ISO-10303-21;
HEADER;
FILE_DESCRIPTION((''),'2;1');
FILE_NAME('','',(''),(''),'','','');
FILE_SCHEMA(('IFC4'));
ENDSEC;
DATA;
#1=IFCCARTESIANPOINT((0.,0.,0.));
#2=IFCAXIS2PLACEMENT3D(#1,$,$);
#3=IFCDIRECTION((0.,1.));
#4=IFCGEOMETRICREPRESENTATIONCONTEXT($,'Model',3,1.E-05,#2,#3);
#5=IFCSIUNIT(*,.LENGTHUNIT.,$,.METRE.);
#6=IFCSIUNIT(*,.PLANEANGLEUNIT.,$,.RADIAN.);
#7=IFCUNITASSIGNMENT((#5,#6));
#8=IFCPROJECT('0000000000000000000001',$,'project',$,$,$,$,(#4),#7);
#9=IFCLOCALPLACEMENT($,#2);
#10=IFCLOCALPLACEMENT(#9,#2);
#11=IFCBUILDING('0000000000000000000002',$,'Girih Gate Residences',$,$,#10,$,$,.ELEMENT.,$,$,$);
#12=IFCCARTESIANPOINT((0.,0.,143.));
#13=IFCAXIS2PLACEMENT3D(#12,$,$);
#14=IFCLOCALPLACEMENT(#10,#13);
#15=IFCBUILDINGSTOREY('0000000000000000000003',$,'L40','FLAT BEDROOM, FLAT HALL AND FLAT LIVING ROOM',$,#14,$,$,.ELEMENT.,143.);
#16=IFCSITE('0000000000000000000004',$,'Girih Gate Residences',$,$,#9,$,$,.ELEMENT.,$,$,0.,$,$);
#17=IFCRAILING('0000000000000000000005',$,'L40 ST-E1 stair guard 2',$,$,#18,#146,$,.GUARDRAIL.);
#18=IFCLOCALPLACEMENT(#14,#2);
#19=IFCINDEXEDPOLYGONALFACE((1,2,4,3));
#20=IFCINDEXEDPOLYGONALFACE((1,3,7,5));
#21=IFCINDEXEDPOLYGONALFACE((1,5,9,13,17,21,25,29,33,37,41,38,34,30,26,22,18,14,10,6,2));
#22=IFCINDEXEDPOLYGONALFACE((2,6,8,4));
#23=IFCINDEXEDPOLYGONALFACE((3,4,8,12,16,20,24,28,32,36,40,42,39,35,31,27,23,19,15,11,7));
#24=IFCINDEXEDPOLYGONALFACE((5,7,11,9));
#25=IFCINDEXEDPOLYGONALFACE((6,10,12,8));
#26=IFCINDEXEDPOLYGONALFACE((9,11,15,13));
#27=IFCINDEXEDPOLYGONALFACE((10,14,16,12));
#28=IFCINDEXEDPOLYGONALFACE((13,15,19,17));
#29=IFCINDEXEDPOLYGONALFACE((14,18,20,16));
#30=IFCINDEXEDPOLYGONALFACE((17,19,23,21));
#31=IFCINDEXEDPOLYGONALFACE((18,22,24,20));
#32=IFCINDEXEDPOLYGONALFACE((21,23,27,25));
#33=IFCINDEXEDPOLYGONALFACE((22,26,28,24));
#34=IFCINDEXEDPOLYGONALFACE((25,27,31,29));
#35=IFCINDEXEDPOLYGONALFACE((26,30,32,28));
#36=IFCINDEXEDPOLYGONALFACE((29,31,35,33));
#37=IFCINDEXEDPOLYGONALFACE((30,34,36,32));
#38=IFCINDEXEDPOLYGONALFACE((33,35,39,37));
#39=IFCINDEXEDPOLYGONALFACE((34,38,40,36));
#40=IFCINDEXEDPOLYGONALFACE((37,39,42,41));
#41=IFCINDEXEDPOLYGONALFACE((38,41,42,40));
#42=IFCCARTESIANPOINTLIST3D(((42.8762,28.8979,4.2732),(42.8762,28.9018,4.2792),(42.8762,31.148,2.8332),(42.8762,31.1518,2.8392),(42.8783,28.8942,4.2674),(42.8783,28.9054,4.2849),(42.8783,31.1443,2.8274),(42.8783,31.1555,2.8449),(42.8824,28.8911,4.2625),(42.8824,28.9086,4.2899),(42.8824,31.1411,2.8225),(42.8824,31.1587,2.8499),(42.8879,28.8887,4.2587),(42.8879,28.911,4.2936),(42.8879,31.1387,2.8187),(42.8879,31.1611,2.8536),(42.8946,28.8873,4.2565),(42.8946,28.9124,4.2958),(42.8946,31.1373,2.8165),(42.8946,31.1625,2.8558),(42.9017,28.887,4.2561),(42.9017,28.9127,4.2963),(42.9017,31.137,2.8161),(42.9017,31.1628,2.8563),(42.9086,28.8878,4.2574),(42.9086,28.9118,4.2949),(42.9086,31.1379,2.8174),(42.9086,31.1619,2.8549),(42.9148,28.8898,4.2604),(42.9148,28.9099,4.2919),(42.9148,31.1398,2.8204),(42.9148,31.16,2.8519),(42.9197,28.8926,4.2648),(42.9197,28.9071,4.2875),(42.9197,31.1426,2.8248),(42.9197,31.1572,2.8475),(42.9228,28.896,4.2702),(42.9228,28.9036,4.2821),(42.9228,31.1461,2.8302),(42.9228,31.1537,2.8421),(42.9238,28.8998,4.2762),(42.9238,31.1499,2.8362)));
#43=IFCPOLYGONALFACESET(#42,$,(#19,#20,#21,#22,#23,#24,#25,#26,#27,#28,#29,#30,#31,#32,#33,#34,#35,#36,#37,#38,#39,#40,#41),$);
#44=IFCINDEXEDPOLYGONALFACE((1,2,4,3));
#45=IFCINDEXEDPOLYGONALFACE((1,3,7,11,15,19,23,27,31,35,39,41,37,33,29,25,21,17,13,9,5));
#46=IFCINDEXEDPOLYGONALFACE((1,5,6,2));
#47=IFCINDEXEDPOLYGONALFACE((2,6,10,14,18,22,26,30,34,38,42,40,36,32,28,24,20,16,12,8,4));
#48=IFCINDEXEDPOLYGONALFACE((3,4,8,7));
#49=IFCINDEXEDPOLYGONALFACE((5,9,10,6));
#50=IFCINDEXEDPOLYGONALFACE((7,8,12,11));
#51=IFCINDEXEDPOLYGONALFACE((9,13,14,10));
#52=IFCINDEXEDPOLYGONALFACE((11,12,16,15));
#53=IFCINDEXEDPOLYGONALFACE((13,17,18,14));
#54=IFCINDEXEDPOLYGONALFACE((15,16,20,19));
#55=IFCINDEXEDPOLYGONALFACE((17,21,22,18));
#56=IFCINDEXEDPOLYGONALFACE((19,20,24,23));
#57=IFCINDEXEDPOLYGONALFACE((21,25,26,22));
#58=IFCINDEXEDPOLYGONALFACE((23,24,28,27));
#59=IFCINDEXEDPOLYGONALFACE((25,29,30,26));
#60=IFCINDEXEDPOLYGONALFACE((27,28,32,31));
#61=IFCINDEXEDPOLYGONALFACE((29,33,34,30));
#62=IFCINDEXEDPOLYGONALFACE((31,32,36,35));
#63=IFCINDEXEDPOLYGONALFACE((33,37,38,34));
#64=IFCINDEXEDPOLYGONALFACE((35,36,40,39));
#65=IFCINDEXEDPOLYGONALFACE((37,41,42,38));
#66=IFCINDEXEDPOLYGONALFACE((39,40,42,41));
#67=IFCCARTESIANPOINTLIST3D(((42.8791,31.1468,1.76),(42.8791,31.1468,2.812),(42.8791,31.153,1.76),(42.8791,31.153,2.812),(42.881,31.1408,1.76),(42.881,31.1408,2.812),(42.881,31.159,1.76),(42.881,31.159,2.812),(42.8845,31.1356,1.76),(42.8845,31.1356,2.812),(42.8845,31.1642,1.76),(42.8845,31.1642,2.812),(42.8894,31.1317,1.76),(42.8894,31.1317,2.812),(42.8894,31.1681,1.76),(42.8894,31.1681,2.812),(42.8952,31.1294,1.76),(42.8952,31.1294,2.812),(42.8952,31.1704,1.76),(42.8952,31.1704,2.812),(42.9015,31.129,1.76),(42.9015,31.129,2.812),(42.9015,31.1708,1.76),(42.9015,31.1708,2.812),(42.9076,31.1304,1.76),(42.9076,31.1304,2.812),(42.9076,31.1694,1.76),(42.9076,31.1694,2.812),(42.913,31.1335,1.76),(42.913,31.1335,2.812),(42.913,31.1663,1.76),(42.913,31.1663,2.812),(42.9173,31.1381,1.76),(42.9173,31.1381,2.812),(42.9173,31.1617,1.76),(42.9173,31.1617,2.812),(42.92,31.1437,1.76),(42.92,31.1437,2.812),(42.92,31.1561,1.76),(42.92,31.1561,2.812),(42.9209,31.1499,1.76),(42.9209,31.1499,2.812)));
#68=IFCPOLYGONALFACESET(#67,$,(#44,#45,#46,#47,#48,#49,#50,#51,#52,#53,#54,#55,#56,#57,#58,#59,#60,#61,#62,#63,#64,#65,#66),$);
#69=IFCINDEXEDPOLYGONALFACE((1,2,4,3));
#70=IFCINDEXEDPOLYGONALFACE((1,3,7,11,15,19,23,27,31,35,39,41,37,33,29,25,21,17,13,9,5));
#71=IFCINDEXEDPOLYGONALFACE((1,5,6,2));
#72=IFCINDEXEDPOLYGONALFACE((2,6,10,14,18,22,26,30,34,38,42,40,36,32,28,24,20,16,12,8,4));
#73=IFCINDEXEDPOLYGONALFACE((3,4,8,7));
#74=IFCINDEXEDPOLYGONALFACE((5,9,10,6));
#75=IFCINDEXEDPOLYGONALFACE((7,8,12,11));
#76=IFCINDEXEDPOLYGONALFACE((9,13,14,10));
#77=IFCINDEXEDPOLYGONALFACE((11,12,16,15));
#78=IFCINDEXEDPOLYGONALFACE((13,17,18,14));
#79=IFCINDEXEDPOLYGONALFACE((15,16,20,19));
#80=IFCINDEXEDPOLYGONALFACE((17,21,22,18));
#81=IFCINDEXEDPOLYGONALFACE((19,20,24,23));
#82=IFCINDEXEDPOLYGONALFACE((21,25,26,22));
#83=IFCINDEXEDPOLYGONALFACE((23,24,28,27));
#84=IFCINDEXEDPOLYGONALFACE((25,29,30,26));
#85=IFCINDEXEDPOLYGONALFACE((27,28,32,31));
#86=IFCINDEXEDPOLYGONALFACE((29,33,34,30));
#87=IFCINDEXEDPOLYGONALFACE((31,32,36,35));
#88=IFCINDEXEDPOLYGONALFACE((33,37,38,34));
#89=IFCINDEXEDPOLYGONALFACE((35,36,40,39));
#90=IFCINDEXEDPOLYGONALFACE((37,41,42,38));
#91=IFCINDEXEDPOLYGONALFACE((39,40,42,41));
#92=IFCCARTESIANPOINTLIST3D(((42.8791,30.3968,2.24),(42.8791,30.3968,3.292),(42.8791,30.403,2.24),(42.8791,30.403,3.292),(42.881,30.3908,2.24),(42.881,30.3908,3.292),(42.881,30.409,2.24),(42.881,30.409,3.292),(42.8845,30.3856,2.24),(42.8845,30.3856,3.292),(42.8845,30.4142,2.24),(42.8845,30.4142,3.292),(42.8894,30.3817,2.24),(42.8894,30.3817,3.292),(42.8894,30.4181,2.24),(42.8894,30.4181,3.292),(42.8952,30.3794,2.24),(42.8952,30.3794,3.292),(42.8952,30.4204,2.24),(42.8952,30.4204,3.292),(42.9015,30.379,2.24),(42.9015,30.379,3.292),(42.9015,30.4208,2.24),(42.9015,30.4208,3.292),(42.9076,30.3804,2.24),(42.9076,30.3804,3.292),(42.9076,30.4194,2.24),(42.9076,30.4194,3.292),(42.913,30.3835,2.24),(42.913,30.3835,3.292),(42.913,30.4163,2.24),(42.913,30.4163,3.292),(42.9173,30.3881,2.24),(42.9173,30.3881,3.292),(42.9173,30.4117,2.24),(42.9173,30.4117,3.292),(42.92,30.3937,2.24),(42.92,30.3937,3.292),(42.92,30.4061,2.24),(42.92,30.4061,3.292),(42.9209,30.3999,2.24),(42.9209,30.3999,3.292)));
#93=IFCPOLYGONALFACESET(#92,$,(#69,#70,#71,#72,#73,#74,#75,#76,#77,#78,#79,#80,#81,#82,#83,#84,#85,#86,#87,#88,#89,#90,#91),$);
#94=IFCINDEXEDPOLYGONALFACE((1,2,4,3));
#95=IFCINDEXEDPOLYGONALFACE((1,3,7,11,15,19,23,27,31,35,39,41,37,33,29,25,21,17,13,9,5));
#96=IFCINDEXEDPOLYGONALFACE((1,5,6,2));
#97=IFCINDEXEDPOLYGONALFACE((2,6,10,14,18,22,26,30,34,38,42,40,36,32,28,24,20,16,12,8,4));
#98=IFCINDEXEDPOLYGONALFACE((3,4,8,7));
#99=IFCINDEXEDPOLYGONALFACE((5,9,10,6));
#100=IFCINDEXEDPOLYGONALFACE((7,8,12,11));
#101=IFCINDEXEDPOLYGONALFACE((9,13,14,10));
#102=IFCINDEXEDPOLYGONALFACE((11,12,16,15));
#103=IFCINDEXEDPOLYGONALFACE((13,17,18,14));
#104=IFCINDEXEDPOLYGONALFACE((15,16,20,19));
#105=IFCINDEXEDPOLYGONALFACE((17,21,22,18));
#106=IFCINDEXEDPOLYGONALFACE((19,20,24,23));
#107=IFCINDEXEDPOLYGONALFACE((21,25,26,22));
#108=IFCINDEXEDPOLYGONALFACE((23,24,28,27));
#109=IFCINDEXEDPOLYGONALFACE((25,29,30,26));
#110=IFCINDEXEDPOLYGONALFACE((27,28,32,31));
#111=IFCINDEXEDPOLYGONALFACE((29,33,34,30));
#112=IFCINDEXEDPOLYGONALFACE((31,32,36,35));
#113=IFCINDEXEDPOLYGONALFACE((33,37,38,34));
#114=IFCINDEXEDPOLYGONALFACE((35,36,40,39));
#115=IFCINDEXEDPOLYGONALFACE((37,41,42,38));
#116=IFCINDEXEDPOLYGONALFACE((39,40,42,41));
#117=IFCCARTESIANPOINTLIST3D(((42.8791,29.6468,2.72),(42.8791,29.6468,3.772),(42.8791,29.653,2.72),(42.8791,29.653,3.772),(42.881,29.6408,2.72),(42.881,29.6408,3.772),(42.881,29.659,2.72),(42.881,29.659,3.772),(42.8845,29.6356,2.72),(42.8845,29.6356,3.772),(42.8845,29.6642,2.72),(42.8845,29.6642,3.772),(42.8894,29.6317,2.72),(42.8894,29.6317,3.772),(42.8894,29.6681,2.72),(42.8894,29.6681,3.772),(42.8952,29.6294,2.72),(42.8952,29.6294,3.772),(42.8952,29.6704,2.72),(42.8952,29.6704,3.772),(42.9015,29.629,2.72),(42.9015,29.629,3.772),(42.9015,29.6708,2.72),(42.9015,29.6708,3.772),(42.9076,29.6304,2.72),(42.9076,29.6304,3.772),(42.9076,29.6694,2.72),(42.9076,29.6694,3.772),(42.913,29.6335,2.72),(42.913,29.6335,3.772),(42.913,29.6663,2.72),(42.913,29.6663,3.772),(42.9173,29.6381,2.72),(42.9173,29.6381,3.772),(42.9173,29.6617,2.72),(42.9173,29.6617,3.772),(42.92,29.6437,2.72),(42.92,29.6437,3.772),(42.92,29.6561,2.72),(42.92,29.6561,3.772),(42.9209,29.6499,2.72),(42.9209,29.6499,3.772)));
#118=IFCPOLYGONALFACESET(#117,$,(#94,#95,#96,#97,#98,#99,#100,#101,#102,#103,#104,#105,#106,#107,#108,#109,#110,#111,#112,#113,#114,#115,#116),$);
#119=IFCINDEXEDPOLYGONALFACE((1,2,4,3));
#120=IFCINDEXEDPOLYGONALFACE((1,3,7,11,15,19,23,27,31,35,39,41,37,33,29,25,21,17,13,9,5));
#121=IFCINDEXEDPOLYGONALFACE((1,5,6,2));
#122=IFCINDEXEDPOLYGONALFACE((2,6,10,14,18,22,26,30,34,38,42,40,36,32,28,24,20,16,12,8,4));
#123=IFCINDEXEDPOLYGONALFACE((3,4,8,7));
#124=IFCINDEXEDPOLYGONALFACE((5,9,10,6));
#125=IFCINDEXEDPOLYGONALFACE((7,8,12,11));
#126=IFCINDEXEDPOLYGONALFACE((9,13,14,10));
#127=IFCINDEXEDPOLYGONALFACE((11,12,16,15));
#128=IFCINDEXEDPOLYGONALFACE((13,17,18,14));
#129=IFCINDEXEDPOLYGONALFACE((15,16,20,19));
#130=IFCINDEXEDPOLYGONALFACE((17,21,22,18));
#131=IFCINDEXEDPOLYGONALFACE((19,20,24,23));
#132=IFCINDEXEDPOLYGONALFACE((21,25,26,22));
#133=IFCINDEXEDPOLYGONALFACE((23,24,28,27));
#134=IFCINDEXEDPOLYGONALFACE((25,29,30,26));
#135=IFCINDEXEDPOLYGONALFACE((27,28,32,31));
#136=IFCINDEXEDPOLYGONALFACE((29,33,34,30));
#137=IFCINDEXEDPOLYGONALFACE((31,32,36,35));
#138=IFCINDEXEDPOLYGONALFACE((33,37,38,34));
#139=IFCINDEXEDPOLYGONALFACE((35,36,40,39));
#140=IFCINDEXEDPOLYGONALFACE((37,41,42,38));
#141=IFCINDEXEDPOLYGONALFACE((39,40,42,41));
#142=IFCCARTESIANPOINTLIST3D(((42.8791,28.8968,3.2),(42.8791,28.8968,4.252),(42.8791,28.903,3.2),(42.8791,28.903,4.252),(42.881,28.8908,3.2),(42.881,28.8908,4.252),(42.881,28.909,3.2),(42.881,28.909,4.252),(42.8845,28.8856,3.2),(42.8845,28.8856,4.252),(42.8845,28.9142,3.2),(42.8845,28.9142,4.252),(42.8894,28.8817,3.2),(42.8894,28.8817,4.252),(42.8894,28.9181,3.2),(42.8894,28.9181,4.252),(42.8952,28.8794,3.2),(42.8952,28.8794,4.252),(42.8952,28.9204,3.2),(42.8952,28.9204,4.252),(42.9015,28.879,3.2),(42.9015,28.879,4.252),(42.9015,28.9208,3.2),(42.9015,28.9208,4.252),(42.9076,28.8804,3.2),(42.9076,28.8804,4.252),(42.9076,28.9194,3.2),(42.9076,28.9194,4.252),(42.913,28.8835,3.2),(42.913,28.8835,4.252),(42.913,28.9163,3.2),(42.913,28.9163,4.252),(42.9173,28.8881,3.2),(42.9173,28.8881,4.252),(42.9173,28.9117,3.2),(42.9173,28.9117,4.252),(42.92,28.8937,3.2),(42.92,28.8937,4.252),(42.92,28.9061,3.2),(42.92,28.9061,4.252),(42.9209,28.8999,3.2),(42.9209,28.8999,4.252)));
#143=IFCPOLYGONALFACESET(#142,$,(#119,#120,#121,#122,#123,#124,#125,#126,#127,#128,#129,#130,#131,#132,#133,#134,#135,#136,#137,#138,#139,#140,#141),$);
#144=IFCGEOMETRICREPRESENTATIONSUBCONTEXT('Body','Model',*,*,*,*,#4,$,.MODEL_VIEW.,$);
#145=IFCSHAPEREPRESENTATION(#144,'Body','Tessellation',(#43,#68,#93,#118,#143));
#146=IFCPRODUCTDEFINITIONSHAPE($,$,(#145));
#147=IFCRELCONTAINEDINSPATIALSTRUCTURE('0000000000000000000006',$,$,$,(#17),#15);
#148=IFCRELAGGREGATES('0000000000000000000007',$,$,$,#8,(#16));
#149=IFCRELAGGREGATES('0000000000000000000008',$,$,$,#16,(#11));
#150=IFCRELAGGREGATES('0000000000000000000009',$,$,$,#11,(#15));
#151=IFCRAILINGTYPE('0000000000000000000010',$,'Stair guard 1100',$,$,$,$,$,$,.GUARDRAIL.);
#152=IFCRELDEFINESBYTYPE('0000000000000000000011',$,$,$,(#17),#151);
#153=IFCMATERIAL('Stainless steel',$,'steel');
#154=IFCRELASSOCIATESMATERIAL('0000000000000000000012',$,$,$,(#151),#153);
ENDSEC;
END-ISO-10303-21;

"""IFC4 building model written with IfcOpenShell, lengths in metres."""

from ifc_helpers import new_model, si_unit, direction, frame, origin, origin_2d, place, context, subcontext, project, spatial, circle, extrude, material, type_object, element, save


model = new_model("IFC4")

# Units and contexts
model_context = context("Model", 3, precision=1e-05, world=origin(), true_north=direction((0.0, 1.0)))
body_context = subcontext(model_context, "Body", "Model", "MODEL_VIEW")
ifc_project = project(units=[si_unit("LENGTHUNIT", "METRE"), si_unit("PLANEANGLEUNIT", "RADIAN")], contexts=[model_context])

# Site, building, storey
site_placement = place(None, origin())
site = spatial("IfcSite", under=ifc_project, at=site_placement, Name="Girih Gate Residences", CompositionType="ELEMENT", RefElevation=0.0)
building_placement = place(site_placement, origin())
building = spatial("IfcBuilding", under=site, at=building_placement, Name="Girih Gate Residences", CompositionType="ELEMENT")
storey_placement = place(building_placement, frame((0.0, 0.0, 143.0)))
storey = spatial("IfcBuildingStorey", under=building, at=storey_placement, Name="L40", Description="FLAT BEDROOM, FLAT HALL AND FLAT LIVING ROOM", CompositionType="ELEMENT", Elevation=143.0)

# Railing
ifc_material_1 = material(Name="Stainless steel", Category="steel")
railing_type_1 = type_object("IfcRailingType", Name="Stair guard 1100", PredefinedType="GUARDRAIL", material=ifc_material_1)
railing_1_placement = place(storey_placement, frame((42.8999, 31.1499, 1.76)))
element("IfcRailing", 1, at=railing_1_placement, inside=storey, type_object=railing_type_1, Name="L40 ST-E1 stair guard 2", PredefinedType="GUARDRAIL", context=body_context, shape_type="SweptSolid", body=[
    extrude(circle(Radius=0.0239, at=origin_2d()), frame((0.0, 0.0, 1.0762), z_axis=(0.0, -0.842281, 0.539038), x_axis=(1.0, 0.0, 0.0)), (0.0, 0.0, 1.0), 2.6714),
    extrude(circle(Radius=0.021, at=origin_2d()), origin(), (0.0, 0.0, 1.0), 1.052),
    extrude(circle(Radius=0.021, at=origin_2d()), frame((0.0, -0.75, 0.48)), (0.0, 0.0, 1.0), 1.052),
    extrude(circle(Radius=0.021, at=origin_2d()), frame((0.0, -1.5, 0.96)), (0.0, 0.0, 1.0), 1.052),
    extrude(circle(Radius=0.021, at=origin_2d()), frame((0.0, -2.25, 1.4399)), (0.0, 0.0, 1.0), 1.052),
])

save(model, "model.ifc")
